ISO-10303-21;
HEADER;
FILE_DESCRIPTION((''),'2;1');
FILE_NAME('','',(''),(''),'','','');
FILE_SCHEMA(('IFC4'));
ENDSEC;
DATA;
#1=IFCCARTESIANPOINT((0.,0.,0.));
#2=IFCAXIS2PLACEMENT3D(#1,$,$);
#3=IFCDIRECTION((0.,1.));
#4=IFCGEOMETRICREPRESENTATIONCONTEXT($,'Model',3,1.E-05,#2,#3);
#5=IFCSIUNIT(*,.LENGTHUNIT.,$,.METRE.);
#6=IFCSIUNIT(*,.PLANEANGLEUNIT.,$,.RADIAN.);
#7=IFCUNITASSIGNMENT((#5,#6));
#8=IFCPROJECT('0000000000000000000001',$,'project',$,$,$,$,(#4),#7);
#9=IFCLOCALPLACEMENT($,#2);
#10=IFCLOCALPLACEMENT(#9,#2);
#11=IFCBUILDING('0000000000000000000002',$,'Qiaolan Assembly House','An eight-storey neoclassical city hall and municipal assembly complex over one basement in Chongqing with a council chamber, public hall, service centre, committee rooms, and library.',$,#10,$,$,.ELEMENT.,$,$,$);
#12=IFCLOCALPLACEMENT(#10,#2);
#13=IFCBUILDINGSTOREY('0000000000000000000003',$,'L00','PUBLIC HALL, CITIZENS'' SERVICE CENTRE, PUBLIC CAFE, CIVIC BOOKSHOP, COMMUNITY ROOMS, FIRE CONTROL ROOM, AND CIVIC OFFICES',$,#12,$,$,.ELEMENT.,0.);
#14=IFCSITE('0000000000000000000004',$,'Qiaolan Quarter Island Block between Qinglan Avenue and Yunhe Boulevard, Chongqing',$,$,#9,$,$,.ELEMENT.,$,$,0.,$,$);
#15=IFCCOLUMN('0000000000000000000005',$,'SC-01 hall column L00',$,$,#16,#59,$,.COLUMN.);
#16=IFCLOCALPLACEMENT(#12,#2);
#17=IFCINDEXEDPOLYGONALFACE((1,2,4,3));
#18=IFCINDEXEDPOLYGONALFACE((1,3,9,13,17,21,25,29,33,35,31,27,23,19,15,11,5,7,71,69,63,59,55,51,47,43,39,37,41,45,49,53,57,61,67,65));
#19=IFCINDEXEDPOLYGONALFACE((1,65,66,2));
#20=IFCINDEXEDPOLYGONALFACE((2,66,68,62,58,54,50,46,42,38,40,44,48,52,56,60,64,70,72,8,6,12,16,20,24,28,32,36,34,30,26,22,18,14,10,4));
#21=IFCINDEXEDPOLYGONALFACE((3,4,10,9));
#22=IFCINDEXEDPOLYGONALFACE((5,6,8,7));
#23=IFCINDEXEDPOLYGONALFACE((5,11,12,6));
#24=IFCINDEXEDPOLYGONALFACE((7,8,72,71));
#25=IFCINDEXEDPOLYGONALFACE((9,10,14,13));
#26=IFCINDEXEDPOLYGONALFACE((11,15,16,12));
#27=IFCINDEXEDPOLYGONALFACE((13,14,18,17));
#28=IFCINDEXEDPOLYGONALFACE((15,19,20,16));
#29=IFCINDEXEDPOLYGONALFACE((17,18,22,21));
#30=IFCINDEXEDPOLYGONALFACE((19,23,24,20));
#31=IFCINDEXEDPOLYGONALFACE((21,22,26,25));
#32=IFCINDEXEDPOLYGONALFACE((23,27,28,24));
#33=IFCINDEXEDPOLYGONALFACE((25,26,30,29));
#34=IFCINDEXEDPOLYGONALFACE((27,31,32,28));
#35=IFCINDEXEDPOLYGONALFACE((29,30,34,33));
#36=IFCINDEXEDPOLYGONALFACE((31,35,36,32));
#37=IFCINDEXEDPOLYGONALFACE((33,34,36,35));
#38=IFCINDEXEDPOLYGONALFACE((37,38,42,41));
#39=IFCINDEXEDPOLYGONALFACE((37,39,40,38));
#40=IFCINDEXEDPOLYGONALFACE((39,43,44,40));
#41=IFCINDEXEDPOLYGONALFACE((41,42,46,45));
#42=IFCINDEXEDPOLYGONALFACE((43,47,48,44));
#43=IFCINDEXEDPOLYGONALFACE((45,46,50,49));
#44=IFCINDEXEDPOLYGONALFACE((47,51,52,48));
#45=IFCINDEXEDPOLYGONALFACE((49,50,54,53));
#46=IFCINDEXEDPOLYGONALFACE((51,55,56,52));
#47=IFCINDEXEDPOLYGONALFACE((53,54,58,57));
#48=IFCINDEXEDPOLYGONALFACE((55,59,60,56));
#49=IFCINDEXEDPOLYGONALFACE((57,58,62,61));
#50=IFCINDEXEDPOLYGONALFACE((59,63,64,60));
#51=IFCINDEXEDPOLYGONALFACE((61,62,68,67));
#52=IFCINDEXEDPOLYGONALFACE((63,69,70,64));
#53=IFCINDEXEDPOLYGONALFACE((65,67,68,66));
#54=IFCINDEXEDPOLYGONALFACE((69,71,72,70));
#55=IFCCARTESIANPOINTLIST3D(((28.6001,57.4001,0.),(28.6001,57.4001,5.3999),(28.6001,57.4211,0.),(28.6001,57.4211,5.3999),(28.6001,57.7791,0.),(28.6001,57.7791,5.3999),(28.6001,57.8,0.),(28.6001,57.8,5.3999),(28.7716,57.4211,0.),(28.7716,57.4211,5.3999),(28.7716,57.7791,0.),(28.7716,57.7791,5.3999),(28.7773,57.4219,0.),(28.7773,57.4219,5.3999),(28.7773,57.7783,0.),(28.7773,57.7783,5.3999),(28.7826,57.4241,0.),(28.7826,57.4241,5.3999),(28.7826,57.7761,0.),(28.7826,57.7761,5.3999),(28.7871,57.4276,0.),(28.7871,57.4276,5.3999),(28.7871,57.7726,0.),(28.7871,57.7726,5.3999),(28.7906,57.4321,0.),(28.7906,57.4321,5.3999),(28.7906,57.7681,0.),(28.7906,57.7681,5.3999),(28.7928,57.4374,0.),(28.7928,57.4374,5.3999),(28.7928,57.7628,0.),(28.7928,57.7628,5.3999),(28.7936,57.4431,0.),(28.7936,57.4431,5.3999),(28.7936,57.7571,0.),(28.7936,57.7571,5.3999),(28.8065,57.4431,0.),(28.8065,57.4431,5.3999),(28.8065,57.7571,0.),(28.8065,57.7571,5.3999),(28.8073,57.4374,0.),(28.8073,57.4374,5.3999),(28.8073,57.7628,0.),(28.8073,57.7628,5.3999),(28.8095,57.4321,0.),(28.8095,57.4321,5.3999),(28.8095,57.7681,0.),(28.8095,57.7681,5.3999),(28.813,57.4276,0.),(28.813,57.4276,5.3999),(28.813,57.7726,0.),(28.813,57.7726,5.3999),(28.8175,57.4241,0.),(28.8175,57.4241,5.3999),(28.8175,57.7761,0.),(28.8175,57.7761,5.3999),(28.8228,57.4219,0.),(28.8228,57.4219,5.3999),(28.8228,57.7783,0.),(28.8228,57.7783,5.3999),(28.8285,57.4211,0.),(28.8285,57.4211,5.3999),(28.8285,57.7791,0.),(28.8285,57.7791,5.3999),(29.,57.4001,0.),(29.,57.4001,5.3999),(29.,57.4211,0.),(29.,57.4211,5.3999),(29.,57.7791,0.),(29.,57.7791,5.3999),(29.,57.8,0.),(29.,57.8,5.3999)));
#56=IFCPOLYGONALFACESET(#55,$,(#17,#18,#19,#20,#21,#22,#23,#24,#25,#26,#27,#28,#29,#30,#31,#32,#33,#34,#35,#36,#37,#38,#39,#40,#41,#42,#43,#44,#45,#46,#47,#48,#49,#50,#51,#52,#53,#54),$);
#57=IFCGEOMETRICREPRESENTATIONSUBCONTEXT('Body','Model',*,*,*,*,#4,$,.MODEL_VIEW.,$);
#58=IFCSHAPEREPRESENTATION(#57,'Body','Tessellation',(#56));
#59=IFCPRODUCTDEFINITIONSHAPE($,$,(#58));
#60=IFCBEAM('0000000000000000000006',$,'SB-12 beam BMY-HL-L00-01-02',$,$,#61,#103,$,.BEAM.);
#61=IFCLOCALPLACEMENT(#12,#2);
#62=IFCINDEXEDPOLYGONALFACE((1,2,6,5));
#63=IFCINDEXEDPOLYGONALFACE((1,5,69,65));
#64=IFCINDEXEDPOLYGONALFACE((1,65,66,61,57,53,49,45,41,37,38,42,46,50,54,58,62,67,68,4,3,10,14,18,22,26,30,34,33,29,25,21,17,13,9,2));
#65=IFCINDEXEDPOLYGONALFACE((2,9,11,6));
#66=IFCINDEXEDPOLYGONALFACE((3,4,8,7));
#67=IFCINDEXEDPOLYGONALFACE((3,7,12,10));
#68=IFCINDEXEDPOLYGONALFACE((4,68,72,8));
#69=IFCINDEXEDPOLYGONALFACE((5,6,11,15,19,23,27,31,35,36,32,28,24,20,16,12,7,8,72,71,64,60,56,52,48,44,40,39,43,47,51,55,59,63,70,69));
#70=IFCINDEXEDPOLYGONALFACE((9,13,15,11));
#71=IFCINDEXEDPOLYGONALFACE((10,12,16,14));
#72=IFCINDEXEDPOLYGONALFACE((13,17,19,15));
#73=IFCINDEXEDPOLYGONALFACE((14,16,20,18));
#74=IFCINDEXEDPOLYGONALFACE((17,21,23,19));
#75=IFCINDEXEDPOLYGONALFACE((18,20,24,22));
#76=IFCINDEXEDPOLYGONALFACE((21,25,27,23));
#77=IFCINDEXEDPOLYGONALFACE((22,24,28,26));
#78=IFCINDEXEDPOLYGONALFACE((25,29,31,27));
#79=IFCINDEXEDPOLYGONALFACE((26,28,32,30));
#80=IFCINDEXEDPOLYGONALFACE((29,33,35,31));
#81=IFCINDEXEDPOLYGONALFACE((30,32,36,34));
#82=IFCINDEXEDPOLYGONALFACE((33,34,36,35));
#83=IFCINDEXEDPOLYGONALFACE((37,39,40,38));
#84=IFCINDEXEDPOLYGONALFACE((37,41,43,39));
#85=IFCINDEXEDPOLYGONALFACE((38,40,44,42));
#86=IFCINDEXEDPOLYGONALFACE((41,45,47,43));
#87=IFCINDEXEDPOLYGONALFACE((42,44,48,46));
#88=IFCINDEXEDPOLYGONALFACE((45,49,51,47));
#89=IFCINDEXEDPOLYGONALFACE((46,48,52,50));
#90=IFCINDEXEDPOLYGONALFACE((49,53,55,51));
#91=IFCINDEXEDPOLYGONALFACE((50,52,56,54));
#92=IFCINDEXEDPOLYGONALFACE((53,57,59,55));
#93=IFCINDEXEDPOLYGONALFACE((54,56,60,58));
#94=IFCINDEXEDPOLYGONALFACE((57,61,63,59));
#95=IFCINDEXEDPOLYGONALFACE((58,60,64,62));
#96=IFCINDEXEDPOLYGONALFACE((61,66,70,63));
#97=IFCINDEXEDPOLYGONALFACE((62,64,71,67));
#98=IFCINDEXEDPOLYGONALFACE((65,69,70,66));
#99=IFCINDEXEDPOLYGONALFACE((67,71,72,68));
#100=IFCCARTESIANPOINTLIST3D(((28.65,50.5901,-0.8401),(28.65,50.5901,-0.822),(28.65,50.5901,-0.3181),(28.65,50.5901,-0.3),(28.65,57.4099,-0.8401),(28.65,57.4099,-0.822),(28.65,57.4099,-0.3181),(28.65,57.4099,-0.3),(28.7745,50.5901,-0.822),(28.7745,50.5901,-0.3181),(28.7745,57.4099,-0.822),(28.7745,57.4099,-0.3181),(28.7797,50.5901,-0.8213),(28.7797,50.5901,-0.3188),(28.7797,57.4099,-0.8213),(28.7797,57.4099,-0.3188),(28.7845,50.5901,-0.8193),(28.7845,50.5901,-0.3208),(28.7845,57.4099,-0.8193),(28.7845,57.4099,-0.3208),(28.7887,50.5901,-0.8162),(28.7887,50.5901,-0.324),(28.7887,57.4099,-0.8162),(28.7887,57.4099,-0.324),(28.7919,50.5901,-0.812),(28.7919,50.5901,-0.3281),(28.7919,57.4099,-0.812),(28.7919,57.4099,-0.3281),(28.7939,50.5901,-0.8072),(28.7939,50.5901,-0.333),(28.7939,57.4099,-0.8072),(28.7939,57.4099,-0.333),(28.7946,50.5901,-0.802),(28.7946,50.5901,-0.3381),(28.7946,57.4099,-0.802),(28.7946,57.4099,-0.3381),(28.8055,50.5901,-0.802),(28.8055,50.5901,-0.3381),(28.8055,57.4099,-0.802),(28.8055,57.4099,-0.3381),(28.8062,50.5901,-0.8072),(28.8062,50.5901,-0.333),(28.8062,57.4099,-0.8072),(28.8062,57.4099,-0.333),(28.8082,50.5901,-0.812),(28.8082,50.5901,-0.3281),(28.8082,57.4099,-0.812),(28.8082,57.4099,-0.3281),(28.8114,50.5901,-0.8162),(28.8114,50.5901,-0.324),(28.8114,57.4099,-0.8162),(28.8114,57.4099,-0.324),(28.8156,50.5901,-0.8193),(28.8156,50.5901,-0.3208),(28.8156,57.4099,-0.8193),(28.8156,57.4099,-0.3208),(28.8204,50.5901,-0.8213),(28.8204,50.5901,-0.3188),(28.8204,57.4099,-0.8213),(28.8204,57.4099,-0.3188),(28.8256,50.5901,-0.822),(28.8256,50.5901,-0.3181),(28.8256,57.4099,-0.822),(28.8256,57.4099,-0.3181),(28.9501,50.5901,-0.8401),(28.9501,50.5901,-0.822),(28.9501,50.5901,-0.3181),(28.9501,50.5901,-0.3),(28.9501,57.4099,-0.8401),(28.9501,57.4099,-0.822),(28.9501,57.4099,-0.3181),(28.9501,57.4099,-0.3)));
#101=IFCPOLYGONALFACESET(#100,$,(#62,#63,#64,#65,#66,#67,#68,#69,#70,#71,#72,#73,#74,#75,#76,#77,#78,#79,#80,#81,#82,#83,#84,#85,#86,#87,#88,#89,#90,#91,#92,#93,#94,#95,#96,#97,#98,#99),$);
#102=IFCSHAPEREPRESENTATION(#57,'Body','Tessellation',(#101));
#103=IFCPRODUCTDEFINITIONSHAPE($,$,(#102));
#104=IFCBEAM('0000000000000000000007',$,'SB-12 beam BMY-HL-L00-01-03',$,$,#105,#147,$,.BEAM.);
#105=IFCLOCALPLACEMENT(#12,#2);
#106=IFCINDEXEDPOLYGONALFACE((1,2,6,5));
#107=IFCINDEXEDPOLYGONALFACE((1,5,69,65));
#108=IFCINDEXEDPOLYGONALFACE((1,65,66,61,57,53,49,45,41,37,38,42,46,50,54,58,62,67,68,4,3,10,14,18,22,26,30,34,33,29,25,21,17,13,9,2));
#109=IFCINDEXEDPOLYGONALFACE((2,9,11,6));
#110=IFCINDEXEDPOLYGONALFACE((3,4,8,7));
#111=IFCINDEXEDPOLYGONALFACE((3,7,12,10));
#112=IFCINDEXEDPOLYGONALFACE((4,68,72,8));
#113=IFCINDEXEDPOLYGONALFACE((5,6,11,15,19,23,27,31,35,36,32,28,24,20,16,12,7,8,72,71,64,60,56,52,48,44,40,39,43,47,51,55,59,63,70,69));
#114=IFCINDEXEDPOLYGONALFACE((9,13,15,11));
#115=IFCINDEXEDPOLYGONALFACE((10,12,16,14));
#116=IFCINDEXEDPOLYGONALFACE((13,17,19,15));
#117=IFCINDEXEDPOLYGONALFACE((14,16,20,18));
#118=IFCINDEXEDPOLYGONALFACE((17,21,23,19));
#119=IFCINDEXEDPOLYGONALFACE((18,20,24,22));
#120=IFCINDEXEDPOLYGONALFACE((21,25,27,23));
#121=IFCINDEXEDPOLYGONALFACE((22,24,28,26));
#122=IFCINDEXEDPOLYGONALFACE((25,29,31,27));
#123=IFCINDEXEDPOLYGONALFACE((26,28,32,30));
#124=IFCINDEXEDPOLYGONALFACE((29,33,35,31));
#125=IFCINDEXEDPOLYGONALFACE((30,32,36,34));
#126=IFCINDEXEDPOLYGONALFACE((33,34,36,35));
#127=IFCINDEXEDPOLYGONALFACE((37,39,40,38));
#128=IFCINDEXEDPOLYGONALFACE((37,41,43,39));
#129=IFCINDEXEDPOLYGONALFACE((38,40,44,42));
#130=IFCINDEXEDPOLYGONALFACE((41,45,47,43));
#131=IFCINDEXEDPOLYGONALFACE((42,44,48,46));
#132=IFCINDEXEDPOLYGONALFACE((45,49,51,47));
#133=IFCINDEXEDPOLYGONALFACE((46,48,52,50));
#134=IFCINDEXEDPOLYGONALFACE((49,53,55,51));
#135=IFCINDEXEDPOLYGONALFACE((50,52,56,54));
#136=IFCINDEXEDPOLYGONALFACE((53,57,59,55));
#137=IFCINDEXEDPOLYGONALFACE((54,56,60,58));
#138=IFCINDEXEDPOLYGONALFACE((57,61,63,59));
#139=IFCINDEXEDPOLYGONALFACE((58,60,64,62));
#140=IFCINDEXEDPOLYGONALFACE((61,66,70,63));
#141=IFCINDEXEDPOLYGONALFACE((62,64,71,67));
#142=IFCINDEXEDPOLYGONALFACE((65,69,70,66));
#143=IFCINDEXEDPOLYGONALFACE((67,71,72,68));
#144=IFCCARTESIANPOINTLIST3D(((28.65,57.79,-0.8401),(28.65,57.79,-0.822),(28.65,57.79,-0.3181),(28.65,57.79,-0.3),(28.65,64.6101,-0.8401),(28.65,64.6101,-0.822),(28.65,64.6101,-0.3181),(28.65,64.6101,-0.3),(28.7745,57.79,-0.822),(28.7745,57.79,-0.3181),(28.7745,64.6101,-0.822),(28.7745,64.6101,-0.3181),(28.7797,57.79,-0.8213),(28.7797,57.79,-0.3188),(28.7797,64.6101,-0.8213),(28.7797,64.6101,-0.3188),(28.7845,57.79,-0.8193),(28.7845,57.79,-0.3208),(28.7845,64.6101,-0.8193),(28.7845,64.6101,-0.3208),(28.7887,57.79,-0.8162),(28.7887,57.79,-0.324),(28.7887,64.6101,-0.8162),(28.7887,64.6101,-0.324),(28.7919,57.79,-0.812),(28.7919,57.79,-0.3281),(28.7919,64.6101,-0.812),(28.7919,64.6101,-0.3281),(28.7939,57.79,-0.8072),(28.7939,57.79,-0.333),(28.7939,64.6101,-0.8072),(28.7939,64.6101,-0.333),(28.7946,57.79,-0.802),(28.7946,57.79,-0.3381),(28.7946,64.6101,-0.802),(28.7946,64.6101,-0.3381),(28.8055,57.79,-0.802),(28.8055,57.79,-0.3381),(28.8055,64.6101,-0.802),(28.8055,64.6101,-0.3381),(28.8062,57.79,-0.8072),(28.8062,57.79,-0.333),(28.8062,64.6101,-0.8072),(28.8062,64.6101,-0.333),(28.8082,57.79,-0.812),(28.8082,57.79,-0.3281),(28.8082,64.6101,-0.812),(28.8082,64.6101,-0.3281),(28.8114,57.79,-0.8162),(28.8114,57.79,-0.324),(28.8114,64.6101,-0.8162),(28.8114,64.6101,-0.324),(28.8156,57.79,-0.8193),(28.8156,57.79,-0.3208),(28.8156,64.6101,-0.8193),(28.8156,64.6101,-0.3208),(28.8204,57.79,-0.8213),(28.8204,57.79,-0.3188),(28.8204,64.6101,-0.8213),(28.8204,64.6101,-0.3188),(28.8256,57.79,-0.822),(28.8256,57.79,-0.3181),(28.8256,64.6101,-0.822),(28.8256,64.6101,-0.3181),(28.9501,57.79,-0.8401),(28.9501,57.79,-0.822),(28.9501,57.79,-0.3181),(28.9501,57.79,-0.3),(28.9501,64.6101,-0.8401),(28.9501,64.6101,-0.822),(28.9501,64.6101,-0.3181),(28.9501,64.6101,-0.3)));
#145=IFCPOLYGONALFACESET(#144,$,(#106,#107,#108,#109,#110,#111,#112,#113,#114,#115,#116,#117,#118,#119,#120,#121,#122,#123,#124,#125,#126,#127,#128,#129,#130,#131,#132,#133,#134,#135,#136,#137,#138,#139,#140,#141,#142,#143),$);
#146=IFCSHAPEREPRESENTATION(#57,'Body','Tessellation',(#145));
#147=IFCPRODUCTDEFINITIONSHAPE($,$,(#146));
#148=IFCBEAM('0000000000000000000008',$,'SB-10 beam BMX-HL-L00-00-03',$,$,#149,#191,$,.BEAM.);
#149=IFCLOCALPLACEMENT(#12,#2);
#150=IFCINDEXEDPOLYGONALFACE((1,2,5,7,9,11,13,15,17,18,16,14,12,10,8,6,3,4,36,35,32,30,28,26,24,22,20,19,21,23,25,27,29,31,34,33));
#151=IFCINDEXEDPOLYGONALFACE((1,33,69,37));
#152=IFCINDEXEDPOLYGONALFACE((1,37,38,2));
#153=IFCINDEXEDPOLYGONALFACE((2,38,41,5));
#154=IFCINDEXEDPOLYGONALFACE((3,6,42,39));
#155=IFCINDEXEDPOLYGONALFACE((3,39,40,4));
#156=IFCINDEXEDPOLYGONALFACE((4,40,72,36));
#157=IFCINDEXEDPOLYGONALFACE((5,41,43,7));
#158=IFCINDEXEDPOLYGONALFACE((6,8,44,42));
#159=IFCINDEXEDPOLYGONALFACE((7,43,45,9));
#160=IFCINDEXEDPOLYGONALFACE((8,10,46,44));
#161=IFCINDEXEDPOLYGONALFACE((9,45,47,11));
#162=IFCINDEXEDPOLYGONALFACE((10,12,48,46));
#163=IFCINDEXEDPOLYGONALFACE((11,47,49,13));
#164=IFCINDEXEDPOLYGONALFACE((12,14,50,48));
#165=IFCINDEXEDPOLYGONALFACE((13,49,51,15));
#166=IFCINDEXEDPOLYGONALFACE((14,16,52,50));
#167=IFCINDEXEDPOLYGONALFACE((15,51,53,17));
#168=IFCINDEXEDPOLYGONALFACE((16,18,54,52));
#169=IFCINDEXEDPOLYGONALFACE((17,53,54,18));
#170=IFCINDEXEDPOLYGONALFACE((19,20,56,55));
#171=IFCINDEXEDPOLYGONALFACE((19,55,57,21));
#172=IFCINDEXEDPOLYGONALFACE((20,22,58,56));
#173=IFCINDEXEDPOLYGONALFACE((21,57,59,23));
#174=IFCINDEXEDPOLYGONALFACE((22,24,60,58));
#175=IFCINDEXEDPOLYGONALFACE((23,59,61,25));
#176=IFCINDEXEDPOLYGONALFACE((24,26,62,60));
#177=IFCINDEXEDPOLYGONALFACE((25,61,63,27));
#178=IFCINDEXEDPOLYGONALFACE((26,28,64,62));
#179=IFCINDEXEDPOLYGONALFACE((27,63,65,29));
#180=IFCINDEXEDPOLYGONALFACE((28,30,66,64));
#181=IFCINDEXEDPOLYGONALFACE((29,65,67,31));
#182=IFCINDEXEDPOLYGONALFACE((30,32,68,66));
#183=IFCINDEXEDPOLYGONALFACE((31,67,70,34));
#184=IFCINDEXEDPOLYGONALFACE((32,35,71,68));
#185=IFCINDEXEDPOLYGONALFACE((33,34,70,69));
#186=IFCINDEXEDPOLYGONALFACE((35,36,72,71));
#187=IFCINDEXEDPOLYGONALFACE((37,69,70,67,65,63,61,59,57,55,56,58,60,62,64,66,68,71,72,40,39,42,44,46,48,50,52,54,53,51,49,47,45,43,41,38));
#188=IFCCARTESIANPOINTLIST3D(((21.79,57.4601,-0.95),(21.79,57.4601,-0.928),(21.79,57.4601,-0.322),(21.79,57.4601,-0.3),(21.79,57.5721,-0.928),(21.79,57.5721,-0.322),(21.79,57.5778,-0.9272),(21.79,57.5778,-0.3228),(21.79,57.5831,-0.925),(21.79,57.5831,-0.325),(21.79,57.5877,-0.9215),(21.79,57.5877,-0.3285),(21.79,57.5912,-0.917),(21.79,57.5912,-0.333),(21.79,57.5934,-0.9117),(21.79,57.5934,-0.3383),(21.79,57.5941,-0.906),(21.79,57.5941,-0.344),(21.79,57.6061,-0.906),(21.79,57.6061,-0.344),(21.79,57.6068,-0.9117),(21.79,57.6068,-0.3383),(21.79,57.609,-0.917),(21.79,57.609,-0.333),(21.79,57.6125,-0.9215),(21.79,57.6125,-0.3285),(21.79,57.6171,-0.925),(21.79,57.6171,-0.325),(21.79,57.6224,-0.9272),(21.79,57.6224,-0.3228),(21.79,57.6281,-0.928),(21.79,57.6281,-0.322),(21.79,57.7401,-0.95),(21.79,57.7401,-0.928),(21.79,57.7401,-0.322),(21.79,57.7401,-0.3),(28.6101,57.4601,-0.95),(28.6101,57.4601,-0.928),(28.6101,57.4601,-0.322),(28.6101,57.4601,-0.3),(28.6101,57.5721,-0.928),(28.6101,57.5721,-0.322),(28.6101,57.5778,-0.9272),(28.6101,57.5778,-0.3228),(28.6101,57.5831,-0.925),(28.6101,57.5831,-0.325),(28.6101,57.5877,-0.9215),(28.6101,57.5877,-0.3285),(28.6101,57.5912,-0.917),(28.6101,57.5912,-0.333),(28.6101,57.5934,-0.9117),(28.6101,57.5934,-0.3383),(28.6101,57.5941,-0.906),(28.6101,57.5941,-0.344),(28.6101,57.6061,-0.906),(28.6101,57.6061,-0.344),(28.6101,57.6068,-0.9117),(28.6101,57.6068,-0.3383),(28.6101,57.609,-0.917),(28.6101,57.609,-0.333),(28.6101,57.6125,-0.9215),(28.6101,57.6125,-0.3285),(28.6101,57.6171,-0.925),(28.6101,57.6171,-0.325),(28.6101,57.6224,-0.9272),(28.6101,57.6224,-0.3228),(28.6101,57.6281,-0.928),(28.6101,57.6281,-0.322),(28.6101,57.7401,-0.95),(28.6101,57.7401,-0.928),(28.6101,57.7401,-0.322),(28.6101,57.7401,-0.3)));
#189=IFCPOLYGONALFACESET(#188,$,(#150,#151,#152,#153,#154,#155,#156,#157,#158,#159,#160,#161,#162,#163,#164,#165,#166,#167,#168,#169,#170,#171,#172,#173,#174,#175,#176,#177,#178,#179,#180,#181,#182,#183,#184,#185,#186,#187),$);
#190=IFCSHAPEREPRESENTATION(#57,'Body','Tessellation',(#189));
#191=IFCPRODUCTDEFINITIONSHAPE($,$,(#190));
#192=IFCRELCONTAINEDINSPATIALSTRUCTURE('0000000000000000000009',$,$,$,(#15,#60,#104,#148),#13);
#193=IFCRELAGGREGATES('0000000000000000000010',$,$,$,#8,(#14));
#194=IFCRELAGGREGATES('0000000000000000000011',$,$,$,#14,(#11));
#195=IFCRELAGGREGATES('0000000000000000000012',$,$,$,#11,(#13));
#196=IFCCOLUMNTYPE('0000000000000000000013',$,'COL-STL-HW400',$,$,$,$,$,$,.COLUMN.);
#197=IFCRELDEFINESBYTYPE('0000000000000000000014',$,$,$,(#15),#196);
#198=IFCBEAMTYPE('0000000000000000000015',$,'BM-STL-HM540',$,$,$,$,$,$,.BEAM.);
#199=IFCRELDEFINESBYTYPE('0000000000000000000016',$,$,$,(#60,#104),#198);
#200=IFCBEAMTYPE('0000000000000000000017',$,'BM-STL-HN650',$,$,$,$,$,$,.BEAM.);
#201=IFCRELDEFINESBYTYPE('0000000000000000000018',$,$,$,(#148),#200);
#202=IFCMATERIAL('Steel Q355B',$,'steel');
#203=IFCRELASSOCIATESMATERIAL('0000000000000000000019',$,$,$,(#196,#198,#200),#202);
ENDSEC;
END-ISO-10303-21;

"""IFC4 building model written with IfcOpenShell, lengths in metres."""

from ifc_helpers import new_model, si_unit, direction, frame, origin, origin_2d, place, context, subcontext, project, spatial, i_section, extrude, material, material_profile, profile_set, type_object, element, save


model = new_model("IFC4")

# Units and contexts
model_context = context("Model", 3, precision=1e-05, world=origin(), true_north=direction((0.0, 1.0)))
body_context = subcontext(model_context, "Body", "Model", "MODEL_VIEW")
ifc_project = project(units=[si_unit("LENGTHUNIT", "METRE"), si_unit("PLANEANGLEUNIT", "RADIAN")], contexts=[model_context])

# Site, building, storey
site_placement = place(None, origin())
site = spatial("IfcSite", under=ifc_project, at=site_placement, Name="Qiaolan Quarter Island Block between Qinglan Avenue and Yunhe Boulevard, Chongqing", CompositionType="ELEMENT", RefElevation=0.0)
building_placement = place(site_placement, origin())
building = spatial("IfcBuilding", under=site, at=building_placement, Name="Qiaolan Assembly House", Description="An eight-storey neoclassical city hall and municipal assembly complex over one basement in Chongqing with a council chamber, public hall, service centre, committee rooms, and library.", CompositionType="ELEMENT")
storey_placement = place(building_placement, origin())
storey = spatial("IfcBuildingStorey", under=building, at=storey_placement, Name="L00", Description="PUBLIC HALL, CITIZENS' SERVICE CENTRE, PUBLIC CAFE, CIVIC BOOKSHOP, COMMUNITY ROOMS, FIRE CONTROL ROOM, AND CIVIC OFFICES", CompositionType="ELEMENT", Elevation=0.0)

# Column
ifc_material_1 = material(Name="Steel Q355B", Category="steel")
ifc_material_profile_1 = material_profile(ifc_material_1, i_section(OverallWidth=0.3999, OverallDepth=0.3999, WebThickness=0.0129, FlangeThickness=0.021, FilletRadius=0.022, at=origin_2d()), Name="HW 400x400x13x21")
ifc_profile_set_1 = profile_set([ifc_material_profile_1], Name="Steel Q355B")
column_type = type_object("IfcColumnType", Name="COL-STL-HW400", PredefinedType="COLUMN", material=ifc_profile_set_1)
column_placement = place(storey_placement, frame((28.8, 57.6001, 0.0), z_axis=(0.0, 0.0, 1.0), x_axis=(1.0, 0.0, 0.0)))
element("IfcColumn", 1, at=column_placement, inside=storey, type_object=column_type, Name="SC-01 hall column L00", PredefinedType="COLUMN", context=body_context, shape_type="SweptSolid", body=[
    extrude(i_section(OverallWidth=0.3999, OverallDepth=0.3999, WebThickness=0.0129, FlangeThickness=0.021, FilletRadius=0.022, at=origin_2d()), origin(), (0.0, 0.0, 1.0), 5.3999),
])

# Beams
ifc_material_profile_2 = material_profile(ifc_material_1, i_section(OverallWidth=0.3, OverallDepth=0.54, WebThickness=0.011, FlangeThickness=0.0181, FilletRadius=0.02, at=origin_2d()), Name="HM 540x300x11x18")
ifc_profile_set_2 = profile_set([ifc_material_profile_2], Name="Steel Q355B")
beam_type_1 = type_object("IfcBeamType", Name="BM-STL-HM540", PredefinedType="BEAM", material=ifc_profile_set_2)
beam_1_placement = place(storey_placement, frame((28.8, 50.5901, -0.5701), z_axis=(0.0, 1.0, 0.0), x_axis=(-1.0, 0.0, 0.0)))
element("IfcBeam", 2, at=beam_1_placement, inside=storey, type_object=beam_type_1, Name="SB-12 beam BMY-HL-L00-01-02", PredefinedType="BEAM", context=body_context, shape_type="SweptSolid", body=[
    extrude(i_section(OverallWidth=0.3, OverallDepth=0.54, WebThickness=0.011, FlangeThickness=0.0181, FilletRadius=0.02, at=origin_2d()), origin(), (0.0, 0.0, 1.0), 6.8198),
])
beam_2_placement = place(storey_placement, frame((28.8, 57.79, -0.5701), z_axis=(0.0, 1.0, 0.0), x_axis=(-1.0, 0.0, 0.0)))
element("IfcBeam", 3, at=beam_2_placement, inside=storey, type_object=beam_type_1, Name="SB-12 beam BMY-HL-L00-01-03", PredefinedType="BEAM", context=body_context, shape_type="SweptSolid", body=[
    extrude(i_section(OverallWidth=0.3, OverallDepth=0.54, WebThickness=0.011, FlangeThickness=0.0181, FilletRadius=0.02, at=origin_2d()), origin(), (0.0, 0.0, 1.0), 6.8201),
])
ifc_material_profile_3 = material_profile(ifc_material_1, i_section(OverallWidth=0.28, OverallDepth=0.6499, WebThickness=0.012, FlangeThickness=0.022, FilletRadius=0.022, at=origin_2d()), Name="HN 650x280x12x22")
ifc_profile_set_3 = profile_set([ifc_material_profile_3], Name="Steel Q355B")
beam_type_2 = type_object("IfcBeamType", Name="BM-STL-HN650", PredefinedType="BEAM", material=ifc_profile_set_3)
beam_3_placement = place(storey_placement, frame((21.79, 57.6001, -0.625), z_axis=(1.0, 0.0, 0.0), x_axis=(0.0, 1.0, 0.0)))
element("IfcBeam", 4, at=beam_3_placement, inside=storey, type_object=beam_type_2, Name="SB-10 beam BMX-HL-L00-00-03", PredefinedType="BEAM", context=body_context, shape_type="SweptSolid", body=[
    extrude(i_section(OverallWidth=0.28, OverallDepth=0.6499, WebThickness=0.012, FlangeThickness=0.022, FilletRadius=0.022, at=origin_2d()), origin(), (0.0, 0.0, 1.0), 6.8201),
])

save(model, "model.ifc")
